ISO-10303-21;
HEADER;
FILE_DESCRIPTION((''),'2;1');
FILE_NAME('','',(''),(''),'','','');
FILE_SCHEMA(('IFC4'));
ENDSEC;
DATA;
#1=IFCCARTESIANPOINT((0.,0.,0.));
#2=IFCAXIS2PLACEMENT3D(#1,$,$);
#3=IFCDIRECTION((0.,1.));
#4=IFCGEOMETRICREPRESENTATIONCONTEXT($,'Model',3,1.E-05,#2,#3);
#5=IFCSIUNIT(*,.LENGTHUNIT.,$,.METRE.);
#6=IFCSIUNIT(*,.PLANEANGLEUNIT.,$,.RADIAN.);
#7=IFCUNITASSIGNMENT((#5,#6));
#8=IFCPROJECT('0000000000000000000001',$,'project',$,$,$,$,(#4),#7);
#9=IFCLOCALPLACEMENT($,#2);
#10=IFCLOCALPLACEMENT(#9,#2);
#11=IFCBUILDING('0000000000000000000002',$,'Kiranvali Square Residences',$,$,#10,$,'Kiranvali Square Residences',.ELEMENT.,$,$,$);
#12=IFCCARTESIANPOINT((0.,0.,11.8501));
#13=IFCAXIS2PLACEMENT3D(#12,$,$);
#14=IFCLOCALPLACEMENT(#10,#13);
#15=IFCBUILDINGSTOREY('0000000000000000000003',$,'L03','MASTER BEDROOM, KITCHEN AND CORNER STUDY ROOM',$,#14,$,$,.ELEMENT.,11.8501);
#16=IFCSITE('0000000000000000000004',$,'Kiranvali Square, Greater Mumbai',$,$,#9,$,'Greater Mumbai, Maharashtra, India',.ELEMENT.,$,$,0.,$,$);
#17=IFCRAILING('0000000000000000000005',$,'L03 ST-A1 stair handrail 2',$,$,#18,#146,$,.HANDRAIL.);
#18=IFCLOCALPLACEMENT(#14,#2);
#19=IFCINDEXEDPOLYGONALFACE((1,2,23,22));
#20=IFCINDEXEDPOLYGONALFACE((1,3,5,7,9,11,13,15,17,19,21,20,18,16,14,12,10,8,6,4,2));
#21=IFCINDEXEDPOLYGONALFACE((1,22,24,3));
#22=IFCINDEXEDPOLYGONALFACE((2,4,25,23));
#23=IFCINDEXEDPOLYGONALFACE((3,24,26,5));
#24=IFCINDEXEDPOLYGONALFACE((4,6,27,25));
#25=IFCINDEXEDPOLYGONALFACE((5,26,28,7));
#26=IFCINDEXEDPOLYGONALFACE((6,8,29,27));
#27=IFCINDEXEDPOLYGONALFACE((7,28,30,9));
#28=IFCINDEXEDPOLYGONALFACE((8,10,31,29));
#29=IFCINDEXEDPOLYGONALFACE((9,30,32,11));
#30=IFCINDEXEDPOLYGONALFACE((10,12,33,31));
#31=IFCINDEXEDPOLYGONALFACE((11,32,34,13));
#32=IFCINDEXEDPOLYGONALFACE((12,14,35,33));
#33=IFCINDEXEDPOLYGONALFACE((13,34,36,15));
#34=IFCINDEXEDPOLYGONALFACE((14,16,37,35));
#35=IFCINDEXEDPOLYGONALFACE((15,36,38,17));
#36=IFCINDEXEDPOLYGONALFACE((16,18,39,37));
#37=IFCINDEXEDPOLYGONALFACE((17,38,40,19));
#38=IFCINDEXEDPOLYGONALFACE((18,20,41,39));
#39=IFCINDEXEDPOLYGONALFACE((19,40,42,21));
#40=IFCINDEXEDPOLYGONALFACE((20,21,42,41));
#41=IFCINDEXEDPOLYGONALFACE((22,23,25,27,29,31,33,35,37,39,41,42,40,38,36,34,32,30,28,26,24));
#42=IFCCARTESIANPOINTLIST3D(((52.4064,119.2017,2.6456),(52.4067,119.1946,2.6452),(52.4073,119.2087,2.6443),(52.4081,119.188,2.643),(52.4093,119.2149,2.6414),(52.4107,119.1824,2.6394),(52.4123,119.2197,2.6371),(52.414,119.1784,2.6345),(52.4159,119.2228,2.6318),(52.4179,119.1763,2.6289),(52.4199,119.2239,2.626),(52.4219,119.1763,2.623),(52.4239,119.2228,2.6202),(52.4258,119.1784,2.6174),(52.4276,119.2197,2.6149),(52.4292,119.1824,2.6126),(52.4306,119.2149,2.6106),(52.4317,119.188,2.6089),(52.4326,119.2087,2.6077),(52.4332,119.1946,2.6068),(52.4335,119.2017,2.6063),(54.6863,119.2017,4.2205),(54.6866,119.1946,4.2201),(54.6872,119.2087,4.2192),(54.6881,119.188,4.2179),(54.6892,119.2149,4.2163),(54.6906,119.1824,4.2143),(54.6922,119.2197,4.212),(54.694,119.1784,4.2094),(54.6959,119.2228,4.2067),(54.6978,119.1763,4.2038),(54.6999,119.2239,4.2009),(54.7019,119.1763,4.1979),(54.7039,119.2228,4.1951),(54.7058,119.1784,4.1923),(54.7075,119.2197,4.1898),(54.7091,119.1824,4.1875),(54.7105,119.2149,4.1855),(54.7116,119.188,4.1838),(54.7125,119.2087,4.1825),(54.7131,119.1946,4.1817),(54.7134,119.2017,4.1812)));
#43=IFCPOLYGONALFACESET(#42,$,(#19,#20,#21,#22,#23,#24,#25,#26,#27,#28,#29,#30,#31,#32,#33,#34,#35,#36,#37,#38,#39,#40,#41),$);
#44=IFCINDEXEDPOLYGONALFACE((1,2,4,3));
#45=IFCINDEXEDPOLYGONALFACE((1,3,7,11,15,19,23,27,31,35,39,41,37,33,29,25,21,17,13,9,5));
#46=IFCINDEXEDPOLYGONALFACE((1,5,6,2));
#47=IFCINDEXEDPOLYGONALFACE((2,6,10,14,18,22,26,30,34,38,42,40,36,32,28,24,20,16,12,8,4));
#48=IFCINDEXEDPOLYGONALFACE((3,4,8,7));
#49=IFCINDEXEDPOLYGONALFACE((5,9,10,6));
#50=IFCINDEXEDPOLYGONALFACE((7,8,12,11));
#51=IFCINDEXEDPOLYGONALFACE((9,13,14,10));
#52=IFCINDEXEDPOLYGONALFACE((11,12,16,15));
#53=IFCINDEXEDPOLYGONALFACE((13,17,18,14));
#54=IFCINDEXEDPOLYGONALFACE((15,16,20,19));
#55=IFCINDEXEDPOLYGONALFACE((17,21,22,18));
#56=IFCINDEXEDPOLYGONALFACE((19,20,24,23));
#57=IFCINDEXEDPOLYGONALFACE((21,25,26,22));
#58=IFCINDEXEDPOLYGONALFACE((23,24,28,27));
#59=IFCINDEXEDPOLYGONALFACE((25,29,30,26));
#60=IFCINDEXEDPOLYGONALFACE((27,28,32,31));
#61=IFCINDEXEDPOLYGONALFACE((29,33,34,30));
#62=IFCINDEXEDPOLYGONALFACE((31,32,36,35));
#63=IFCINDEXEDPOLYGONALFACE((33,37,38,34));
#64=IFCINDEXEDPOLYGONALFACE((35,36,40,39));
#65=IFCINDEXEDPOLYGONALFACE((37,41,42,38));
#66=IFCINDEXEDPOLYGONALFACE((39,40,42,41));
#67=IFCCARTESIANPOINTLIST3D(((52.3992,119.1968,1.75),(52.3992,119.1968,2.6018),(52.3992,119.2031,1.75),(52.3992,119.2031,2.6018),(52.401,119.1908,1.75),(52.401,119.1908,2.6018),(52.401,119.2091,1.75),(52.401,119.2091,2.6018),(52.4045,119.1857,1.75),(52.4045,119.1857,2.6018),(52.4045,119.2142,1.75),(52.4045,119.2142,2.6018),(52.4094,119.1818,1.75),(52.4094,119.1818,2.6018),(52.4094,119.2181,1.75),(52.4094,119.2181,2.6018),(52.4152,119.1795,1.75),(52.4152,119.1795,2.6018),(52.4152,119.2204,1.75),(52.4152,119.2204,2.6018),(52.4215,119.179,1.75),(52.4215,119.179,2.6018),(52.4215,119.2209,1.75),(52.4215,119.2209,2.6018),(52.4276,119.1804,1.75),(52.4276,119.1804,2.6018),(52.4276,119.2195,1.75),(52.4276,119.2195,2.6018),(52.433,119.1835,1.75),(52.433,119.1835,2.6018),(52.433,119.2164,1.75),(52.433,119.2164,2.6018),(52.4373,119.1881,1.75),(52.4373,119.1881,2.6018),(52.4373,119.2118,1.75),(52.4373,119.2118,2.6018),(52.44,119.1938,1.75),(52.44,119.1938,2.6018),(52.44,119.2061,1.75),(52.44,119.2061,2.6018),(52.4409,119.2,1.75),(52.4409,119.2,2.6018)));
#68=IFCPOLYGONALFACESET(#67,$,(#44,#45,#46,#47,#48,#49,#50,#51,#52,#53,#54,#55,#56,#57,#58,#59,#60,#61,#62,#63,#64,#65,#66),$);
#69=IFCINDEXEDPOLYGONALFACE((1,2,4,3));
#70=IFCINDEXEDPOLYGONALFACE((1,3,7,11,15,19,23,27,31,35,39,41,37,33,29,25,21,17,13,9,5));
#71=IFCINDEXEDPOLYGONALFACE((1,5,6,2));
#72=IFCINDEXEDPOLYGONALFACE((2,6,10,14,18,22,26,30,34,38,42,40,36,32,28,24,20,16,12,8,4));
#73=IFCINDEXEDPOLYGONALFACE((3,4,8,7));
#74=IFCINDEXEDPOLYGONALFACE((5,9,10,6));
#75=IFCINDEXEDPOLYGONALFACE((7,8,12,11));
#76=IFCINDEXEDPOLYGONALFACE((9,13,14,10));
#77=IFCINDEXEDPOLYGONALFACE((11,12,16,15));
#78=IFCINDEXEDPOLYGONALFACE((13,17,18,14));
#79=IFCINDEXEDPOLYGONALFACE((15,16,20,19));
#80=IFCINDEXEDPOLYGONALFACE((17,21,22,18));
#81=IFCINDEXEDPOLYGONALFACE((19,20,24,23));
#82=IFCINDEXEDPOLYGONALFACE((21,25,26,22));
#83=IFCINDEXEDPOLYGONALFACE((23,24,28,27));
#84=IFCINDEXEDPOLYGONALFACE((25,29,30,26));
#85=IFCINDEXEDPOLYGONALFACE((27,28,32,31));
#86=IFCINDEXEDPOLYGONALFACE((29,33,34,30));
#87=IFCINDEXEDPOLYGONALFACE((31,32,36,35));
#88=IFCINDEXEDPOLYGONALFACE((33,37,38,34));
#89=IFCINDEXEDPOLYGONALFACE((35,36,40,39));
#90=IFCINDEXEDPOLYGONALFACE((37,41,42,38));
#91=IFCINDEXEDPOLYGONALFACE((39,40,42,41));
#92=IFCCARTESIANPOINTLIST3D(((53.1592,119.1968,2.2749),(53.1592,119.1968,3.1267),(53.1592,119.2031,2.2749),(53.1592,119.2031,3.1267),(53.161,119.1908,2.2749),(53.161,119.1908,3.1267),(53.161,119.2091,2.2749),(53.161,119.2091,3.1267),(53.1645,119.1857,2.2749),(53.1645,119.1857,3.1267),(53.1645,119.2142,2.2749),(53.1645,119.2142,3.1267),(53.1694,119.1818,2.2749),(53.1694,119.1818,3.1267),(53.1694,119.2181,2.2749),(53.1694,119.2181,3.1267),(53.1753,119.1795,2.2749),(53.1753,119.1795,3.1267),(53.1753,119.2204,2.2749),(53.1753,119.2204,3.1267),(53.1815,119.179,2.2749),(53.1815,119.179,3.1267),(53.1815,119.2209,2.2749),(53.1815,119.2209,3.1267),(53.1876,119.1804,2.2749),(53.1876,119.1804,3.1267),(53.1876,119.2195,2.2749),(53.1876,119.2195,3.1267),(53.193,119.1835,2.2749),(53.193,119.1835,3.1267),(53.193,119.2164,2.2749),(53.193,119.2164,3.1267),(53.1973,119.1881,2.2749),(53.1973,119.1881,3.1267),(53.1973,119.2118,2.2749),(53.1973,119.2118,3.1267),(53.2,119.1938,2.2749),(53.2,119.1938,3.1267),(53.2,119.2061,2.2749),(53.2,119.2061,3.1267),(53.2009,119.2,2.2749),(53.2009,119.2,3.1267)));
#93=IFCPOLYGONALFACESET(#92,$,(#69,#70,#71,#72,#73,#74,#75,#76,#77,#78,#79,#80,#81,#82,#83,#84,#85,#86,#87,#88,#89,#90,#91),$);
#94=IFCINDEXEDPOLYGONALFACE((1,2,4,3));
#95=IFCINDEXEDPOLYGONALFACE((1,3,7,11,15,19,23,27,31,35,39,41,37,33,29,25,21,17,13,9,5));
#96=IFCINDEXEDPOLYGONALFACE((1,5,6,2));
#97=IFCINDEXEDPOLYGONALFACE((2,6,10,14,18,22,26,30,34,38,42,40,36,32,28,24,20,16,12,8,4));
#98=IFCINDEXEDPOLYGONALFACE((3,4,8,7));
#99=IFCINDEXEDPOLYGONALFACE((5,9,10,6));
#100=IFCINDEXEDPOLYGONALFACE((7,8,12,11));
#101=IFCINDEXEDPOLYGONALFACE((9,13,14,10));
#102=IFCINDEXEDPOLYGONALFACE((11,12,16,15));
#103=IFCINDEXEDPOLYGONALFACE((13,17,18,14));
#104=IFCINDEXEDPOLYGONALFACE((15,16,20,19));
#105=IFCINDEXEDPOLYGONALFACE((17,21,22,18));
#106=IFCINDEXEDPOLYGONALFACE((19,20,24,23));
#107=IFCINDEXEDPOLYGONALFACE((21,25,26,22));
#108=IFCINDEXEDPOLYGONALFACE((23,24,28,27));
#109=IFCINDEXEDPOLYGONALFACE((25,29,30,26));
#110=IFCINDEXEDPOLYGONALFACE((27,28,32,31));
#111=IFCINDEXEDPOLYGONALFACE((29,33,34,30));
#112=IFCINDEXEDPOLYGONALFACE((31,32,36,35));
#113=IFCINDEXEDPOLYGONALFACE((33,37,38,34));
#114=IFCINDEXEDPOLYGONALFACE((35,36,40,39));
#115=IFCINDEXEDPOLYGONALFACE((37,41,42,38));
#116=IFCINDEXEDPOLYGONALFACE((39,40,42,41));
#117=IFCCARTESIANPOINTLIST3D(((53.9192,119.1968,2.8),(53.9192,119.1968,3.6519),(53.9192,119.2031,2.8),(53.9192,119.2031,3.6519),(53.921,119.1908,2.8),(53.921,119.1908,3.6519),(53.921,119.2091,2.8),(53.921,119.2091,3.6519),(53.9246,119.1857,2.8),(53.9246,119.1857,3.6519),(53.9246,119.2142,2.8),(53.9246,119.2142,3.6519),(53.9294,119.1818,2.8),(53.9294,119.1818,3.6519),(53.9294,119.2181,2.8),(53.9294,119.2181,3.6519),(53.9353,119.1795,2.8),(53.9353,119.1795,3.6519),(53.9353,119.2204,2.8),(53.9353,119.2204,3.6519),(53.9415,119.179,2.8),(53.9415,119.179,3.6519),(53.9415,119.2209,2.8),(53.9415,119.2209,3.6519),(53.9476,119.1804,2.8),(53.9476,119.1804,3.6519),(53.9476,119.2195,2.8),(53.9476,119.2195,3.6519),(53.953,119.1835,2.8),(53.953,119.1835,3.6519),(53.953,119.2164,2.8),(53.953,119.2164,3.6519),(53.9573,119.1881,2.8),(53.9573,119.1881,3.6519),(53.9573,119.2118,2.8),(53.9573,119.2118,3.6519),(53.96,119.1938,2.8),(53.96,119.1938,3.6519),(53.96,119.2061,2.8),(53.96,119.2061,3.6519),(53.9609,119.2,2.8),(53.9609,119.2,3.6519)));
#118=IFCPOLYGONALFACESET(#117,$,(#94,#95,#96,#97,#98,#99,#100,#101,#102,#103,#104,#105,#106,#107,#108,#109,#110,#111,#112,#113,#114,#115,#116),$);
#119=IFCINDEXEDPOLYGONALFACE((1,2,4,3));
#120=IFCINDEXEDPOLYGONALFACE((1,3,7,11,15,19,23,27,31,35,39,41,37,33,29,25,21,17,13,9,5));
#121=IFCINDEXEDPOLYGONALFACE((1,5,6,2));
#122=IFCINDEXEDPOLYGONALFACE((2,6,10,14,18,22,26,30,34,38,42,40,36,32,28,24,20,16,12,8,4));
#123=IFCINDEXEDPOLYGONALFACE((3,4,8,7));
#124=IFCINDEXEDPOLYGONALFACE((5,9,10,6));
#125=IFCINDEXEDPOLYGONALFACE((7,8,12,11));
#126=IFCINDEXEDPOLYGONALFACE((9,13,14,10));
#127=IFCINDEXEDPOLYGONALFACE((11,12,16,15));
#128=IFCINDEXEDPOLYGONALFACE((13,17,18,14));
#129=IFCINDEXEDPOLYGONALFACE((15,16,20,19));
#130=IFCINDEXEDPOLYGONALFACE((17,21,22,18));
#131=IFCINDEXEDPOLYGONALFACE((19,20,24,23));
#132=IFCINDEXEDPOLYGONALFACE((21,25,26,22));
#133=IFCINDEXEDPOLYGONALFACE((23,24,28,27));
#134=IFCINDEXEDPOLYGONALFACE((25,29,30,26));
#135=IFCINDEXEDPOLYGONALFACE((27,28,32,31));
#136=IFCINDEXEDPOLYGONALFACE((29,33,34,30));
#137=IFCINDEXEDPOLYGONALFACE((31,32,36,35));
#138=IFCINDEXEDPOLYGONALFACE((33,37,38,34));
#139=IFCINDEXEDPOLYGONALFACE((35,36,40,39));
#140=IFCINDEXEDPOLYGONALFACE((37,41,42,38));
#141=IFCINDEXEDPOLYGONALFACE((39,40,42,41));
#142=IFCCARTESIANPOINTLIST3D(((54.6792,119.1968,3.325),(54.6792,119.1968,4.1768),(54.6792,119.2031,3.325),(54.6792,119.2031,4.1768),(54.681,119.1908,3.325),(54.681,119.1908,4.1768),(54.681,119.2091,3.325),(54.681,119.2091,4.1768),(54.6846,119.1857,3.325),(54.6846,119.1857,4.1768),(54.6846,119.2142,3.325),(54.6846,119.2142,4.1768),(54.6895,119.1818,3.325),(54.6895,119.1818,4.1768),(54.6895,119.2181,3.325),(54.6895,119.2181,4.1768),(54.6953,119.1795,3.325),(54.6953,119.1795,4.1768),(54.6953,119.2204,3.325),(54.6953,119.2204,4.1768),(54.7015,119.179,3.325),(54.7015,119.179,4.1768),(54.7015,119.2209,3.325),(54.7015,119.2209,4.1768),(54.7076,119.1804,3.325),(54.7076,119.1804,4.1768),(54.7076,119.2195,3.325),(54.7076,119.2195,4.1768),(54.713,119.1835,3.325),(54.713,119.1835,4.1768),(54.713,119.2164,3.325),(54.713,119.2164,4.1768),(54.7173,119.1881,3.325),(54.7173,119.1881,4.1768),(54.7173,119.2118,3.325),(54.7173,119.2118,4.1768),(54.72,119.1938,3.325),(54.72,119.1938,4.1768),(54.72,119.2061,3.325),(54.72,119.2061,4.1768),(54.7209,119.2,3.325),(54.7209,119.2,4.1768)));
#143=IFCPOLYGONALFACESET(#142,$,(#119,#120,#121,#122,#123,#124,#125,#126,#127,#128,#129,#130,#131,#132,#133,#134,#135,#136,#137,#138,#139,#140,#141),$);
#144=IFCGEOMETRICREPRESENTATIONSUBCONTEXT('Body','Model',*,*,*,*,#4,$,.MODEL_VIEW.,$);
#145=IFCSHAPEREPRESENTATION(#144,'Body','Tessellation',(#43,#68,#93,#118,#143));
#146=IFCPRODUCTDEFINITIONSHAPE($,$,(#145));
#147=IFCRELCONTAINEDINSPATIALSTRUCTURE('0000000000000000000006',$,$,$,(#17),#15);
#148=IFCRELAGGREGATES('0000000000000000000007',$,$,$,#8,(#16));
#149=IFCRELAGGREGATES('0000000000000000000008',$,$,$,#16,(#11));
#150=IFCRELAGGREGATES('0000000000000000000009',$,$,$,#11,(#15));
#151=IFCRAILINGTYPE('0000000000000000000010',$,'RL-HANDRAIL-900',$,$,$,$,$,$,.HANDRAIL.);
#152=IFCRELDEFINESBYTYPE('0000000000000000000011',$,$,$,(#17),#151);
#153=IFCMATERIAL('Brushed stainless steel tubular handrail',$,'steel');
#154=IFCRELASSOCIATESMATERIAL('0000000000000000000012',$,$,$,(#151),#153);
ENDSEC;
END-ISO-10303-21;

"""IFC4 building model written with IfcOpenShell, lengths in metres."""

from ifc_helpers import new_model, si_unit, direction, frame, origin, origin_2d, place, context, subcontext, project, spatial, circle, extrude, material, type_object, element, save


model = new_model("IFC4")

# Units and contexts
model_context = context("Model", 3, precision=1e-05, world=origin(), true_north=direction((0.0, 1.0)))
body_context = subcontext(model_context, "Body", "Model", "MODEL_VIEW")
ifc_project = project(units=[si_unit("LENGTHUNIT", "METRE"), si_unit("PLANEANGLEUNIT", "RADIAN")], contexts=[model_context])

# Site, building, storey
site_placement = place(None, origin())
site = spatial("IfcSite", under=ifc_project, at=site_placement, Name="Kiranvali Square, Greater Mumbai", LongName="Greater Mumbai, Maharashtra, India", CompositionType="ELEMENT", RefElevation=0.0)
building_placement = place(site_placement, origin())
building = spatial("IfcBuilding", under=site, at=building_placement, Name="Kiranvali Square Residences", LongName="Kiranvali Square Residences", CompositionType="ELEMENT")
storey_placement = place(building_placement, frame((0.0, 0.0, 11.8501)))
storey = spatial("IfcBuildingStorey", under=building, at=storey_placement, Name="L03", Description="MASTER BEDROOM, KITCHEN AND CORNER STUDY ROOM", CompositionType="ELEMENT", Elevation=11.8501)

# Railing
ifc_material_1 = material(Name="Brushed stainless steel tubular handrail", Category="steel")
railing_type_1 = type_object("IfcRailingType", Name="RL-HANDRAIL-900", PredefinedType="HANDRAIL", material=ifc_material_1)
railing_1_placement = place(storey_placement, frame((52.4199, 119.2, 1.75)))
element("IfcRailing", 1, at=railing_1_placement, inside=storey, type_object=railing_type_1, Name="L03 ST-A1 stair handrail 2", PredefinedType="HANDRAIL", context=body_context, shape_type="SweptSolid", body=[
    extrude(circle(Radius=0.0239, at=origin_2d()), frame((0.0, 0.0, 0.876), z_axis=(0.822788, 0.0, 0.568348), x_axis=(0.0, 1.0, 0.0)), (0.0, 0.0, 1.0), 2.771),
    extrude(circle(Radius=0.021, at=origin_2d()), origin(), (0.0, 0.0, 1.0), 0.8518),
    extrude(circle(Radius=0.021, at=origin_2d()), frame((0.76, 0.0, 0.5249)), (0.0, 0.0, 1.0), 0.8518),
    extrude(circle(Radius=0.021, at=origin_2d()), frame((1.52, 0.0, 1.05)), (0.0, 0.0, 1.0), 0.8518),
    extrude(circle(Radius=0.021, at=origin_2d()), frame((2.28, 0.0, 1.575)), (0.0, 0.0, 1.0), 0.8518),
])

save(model, "model.ifc")
